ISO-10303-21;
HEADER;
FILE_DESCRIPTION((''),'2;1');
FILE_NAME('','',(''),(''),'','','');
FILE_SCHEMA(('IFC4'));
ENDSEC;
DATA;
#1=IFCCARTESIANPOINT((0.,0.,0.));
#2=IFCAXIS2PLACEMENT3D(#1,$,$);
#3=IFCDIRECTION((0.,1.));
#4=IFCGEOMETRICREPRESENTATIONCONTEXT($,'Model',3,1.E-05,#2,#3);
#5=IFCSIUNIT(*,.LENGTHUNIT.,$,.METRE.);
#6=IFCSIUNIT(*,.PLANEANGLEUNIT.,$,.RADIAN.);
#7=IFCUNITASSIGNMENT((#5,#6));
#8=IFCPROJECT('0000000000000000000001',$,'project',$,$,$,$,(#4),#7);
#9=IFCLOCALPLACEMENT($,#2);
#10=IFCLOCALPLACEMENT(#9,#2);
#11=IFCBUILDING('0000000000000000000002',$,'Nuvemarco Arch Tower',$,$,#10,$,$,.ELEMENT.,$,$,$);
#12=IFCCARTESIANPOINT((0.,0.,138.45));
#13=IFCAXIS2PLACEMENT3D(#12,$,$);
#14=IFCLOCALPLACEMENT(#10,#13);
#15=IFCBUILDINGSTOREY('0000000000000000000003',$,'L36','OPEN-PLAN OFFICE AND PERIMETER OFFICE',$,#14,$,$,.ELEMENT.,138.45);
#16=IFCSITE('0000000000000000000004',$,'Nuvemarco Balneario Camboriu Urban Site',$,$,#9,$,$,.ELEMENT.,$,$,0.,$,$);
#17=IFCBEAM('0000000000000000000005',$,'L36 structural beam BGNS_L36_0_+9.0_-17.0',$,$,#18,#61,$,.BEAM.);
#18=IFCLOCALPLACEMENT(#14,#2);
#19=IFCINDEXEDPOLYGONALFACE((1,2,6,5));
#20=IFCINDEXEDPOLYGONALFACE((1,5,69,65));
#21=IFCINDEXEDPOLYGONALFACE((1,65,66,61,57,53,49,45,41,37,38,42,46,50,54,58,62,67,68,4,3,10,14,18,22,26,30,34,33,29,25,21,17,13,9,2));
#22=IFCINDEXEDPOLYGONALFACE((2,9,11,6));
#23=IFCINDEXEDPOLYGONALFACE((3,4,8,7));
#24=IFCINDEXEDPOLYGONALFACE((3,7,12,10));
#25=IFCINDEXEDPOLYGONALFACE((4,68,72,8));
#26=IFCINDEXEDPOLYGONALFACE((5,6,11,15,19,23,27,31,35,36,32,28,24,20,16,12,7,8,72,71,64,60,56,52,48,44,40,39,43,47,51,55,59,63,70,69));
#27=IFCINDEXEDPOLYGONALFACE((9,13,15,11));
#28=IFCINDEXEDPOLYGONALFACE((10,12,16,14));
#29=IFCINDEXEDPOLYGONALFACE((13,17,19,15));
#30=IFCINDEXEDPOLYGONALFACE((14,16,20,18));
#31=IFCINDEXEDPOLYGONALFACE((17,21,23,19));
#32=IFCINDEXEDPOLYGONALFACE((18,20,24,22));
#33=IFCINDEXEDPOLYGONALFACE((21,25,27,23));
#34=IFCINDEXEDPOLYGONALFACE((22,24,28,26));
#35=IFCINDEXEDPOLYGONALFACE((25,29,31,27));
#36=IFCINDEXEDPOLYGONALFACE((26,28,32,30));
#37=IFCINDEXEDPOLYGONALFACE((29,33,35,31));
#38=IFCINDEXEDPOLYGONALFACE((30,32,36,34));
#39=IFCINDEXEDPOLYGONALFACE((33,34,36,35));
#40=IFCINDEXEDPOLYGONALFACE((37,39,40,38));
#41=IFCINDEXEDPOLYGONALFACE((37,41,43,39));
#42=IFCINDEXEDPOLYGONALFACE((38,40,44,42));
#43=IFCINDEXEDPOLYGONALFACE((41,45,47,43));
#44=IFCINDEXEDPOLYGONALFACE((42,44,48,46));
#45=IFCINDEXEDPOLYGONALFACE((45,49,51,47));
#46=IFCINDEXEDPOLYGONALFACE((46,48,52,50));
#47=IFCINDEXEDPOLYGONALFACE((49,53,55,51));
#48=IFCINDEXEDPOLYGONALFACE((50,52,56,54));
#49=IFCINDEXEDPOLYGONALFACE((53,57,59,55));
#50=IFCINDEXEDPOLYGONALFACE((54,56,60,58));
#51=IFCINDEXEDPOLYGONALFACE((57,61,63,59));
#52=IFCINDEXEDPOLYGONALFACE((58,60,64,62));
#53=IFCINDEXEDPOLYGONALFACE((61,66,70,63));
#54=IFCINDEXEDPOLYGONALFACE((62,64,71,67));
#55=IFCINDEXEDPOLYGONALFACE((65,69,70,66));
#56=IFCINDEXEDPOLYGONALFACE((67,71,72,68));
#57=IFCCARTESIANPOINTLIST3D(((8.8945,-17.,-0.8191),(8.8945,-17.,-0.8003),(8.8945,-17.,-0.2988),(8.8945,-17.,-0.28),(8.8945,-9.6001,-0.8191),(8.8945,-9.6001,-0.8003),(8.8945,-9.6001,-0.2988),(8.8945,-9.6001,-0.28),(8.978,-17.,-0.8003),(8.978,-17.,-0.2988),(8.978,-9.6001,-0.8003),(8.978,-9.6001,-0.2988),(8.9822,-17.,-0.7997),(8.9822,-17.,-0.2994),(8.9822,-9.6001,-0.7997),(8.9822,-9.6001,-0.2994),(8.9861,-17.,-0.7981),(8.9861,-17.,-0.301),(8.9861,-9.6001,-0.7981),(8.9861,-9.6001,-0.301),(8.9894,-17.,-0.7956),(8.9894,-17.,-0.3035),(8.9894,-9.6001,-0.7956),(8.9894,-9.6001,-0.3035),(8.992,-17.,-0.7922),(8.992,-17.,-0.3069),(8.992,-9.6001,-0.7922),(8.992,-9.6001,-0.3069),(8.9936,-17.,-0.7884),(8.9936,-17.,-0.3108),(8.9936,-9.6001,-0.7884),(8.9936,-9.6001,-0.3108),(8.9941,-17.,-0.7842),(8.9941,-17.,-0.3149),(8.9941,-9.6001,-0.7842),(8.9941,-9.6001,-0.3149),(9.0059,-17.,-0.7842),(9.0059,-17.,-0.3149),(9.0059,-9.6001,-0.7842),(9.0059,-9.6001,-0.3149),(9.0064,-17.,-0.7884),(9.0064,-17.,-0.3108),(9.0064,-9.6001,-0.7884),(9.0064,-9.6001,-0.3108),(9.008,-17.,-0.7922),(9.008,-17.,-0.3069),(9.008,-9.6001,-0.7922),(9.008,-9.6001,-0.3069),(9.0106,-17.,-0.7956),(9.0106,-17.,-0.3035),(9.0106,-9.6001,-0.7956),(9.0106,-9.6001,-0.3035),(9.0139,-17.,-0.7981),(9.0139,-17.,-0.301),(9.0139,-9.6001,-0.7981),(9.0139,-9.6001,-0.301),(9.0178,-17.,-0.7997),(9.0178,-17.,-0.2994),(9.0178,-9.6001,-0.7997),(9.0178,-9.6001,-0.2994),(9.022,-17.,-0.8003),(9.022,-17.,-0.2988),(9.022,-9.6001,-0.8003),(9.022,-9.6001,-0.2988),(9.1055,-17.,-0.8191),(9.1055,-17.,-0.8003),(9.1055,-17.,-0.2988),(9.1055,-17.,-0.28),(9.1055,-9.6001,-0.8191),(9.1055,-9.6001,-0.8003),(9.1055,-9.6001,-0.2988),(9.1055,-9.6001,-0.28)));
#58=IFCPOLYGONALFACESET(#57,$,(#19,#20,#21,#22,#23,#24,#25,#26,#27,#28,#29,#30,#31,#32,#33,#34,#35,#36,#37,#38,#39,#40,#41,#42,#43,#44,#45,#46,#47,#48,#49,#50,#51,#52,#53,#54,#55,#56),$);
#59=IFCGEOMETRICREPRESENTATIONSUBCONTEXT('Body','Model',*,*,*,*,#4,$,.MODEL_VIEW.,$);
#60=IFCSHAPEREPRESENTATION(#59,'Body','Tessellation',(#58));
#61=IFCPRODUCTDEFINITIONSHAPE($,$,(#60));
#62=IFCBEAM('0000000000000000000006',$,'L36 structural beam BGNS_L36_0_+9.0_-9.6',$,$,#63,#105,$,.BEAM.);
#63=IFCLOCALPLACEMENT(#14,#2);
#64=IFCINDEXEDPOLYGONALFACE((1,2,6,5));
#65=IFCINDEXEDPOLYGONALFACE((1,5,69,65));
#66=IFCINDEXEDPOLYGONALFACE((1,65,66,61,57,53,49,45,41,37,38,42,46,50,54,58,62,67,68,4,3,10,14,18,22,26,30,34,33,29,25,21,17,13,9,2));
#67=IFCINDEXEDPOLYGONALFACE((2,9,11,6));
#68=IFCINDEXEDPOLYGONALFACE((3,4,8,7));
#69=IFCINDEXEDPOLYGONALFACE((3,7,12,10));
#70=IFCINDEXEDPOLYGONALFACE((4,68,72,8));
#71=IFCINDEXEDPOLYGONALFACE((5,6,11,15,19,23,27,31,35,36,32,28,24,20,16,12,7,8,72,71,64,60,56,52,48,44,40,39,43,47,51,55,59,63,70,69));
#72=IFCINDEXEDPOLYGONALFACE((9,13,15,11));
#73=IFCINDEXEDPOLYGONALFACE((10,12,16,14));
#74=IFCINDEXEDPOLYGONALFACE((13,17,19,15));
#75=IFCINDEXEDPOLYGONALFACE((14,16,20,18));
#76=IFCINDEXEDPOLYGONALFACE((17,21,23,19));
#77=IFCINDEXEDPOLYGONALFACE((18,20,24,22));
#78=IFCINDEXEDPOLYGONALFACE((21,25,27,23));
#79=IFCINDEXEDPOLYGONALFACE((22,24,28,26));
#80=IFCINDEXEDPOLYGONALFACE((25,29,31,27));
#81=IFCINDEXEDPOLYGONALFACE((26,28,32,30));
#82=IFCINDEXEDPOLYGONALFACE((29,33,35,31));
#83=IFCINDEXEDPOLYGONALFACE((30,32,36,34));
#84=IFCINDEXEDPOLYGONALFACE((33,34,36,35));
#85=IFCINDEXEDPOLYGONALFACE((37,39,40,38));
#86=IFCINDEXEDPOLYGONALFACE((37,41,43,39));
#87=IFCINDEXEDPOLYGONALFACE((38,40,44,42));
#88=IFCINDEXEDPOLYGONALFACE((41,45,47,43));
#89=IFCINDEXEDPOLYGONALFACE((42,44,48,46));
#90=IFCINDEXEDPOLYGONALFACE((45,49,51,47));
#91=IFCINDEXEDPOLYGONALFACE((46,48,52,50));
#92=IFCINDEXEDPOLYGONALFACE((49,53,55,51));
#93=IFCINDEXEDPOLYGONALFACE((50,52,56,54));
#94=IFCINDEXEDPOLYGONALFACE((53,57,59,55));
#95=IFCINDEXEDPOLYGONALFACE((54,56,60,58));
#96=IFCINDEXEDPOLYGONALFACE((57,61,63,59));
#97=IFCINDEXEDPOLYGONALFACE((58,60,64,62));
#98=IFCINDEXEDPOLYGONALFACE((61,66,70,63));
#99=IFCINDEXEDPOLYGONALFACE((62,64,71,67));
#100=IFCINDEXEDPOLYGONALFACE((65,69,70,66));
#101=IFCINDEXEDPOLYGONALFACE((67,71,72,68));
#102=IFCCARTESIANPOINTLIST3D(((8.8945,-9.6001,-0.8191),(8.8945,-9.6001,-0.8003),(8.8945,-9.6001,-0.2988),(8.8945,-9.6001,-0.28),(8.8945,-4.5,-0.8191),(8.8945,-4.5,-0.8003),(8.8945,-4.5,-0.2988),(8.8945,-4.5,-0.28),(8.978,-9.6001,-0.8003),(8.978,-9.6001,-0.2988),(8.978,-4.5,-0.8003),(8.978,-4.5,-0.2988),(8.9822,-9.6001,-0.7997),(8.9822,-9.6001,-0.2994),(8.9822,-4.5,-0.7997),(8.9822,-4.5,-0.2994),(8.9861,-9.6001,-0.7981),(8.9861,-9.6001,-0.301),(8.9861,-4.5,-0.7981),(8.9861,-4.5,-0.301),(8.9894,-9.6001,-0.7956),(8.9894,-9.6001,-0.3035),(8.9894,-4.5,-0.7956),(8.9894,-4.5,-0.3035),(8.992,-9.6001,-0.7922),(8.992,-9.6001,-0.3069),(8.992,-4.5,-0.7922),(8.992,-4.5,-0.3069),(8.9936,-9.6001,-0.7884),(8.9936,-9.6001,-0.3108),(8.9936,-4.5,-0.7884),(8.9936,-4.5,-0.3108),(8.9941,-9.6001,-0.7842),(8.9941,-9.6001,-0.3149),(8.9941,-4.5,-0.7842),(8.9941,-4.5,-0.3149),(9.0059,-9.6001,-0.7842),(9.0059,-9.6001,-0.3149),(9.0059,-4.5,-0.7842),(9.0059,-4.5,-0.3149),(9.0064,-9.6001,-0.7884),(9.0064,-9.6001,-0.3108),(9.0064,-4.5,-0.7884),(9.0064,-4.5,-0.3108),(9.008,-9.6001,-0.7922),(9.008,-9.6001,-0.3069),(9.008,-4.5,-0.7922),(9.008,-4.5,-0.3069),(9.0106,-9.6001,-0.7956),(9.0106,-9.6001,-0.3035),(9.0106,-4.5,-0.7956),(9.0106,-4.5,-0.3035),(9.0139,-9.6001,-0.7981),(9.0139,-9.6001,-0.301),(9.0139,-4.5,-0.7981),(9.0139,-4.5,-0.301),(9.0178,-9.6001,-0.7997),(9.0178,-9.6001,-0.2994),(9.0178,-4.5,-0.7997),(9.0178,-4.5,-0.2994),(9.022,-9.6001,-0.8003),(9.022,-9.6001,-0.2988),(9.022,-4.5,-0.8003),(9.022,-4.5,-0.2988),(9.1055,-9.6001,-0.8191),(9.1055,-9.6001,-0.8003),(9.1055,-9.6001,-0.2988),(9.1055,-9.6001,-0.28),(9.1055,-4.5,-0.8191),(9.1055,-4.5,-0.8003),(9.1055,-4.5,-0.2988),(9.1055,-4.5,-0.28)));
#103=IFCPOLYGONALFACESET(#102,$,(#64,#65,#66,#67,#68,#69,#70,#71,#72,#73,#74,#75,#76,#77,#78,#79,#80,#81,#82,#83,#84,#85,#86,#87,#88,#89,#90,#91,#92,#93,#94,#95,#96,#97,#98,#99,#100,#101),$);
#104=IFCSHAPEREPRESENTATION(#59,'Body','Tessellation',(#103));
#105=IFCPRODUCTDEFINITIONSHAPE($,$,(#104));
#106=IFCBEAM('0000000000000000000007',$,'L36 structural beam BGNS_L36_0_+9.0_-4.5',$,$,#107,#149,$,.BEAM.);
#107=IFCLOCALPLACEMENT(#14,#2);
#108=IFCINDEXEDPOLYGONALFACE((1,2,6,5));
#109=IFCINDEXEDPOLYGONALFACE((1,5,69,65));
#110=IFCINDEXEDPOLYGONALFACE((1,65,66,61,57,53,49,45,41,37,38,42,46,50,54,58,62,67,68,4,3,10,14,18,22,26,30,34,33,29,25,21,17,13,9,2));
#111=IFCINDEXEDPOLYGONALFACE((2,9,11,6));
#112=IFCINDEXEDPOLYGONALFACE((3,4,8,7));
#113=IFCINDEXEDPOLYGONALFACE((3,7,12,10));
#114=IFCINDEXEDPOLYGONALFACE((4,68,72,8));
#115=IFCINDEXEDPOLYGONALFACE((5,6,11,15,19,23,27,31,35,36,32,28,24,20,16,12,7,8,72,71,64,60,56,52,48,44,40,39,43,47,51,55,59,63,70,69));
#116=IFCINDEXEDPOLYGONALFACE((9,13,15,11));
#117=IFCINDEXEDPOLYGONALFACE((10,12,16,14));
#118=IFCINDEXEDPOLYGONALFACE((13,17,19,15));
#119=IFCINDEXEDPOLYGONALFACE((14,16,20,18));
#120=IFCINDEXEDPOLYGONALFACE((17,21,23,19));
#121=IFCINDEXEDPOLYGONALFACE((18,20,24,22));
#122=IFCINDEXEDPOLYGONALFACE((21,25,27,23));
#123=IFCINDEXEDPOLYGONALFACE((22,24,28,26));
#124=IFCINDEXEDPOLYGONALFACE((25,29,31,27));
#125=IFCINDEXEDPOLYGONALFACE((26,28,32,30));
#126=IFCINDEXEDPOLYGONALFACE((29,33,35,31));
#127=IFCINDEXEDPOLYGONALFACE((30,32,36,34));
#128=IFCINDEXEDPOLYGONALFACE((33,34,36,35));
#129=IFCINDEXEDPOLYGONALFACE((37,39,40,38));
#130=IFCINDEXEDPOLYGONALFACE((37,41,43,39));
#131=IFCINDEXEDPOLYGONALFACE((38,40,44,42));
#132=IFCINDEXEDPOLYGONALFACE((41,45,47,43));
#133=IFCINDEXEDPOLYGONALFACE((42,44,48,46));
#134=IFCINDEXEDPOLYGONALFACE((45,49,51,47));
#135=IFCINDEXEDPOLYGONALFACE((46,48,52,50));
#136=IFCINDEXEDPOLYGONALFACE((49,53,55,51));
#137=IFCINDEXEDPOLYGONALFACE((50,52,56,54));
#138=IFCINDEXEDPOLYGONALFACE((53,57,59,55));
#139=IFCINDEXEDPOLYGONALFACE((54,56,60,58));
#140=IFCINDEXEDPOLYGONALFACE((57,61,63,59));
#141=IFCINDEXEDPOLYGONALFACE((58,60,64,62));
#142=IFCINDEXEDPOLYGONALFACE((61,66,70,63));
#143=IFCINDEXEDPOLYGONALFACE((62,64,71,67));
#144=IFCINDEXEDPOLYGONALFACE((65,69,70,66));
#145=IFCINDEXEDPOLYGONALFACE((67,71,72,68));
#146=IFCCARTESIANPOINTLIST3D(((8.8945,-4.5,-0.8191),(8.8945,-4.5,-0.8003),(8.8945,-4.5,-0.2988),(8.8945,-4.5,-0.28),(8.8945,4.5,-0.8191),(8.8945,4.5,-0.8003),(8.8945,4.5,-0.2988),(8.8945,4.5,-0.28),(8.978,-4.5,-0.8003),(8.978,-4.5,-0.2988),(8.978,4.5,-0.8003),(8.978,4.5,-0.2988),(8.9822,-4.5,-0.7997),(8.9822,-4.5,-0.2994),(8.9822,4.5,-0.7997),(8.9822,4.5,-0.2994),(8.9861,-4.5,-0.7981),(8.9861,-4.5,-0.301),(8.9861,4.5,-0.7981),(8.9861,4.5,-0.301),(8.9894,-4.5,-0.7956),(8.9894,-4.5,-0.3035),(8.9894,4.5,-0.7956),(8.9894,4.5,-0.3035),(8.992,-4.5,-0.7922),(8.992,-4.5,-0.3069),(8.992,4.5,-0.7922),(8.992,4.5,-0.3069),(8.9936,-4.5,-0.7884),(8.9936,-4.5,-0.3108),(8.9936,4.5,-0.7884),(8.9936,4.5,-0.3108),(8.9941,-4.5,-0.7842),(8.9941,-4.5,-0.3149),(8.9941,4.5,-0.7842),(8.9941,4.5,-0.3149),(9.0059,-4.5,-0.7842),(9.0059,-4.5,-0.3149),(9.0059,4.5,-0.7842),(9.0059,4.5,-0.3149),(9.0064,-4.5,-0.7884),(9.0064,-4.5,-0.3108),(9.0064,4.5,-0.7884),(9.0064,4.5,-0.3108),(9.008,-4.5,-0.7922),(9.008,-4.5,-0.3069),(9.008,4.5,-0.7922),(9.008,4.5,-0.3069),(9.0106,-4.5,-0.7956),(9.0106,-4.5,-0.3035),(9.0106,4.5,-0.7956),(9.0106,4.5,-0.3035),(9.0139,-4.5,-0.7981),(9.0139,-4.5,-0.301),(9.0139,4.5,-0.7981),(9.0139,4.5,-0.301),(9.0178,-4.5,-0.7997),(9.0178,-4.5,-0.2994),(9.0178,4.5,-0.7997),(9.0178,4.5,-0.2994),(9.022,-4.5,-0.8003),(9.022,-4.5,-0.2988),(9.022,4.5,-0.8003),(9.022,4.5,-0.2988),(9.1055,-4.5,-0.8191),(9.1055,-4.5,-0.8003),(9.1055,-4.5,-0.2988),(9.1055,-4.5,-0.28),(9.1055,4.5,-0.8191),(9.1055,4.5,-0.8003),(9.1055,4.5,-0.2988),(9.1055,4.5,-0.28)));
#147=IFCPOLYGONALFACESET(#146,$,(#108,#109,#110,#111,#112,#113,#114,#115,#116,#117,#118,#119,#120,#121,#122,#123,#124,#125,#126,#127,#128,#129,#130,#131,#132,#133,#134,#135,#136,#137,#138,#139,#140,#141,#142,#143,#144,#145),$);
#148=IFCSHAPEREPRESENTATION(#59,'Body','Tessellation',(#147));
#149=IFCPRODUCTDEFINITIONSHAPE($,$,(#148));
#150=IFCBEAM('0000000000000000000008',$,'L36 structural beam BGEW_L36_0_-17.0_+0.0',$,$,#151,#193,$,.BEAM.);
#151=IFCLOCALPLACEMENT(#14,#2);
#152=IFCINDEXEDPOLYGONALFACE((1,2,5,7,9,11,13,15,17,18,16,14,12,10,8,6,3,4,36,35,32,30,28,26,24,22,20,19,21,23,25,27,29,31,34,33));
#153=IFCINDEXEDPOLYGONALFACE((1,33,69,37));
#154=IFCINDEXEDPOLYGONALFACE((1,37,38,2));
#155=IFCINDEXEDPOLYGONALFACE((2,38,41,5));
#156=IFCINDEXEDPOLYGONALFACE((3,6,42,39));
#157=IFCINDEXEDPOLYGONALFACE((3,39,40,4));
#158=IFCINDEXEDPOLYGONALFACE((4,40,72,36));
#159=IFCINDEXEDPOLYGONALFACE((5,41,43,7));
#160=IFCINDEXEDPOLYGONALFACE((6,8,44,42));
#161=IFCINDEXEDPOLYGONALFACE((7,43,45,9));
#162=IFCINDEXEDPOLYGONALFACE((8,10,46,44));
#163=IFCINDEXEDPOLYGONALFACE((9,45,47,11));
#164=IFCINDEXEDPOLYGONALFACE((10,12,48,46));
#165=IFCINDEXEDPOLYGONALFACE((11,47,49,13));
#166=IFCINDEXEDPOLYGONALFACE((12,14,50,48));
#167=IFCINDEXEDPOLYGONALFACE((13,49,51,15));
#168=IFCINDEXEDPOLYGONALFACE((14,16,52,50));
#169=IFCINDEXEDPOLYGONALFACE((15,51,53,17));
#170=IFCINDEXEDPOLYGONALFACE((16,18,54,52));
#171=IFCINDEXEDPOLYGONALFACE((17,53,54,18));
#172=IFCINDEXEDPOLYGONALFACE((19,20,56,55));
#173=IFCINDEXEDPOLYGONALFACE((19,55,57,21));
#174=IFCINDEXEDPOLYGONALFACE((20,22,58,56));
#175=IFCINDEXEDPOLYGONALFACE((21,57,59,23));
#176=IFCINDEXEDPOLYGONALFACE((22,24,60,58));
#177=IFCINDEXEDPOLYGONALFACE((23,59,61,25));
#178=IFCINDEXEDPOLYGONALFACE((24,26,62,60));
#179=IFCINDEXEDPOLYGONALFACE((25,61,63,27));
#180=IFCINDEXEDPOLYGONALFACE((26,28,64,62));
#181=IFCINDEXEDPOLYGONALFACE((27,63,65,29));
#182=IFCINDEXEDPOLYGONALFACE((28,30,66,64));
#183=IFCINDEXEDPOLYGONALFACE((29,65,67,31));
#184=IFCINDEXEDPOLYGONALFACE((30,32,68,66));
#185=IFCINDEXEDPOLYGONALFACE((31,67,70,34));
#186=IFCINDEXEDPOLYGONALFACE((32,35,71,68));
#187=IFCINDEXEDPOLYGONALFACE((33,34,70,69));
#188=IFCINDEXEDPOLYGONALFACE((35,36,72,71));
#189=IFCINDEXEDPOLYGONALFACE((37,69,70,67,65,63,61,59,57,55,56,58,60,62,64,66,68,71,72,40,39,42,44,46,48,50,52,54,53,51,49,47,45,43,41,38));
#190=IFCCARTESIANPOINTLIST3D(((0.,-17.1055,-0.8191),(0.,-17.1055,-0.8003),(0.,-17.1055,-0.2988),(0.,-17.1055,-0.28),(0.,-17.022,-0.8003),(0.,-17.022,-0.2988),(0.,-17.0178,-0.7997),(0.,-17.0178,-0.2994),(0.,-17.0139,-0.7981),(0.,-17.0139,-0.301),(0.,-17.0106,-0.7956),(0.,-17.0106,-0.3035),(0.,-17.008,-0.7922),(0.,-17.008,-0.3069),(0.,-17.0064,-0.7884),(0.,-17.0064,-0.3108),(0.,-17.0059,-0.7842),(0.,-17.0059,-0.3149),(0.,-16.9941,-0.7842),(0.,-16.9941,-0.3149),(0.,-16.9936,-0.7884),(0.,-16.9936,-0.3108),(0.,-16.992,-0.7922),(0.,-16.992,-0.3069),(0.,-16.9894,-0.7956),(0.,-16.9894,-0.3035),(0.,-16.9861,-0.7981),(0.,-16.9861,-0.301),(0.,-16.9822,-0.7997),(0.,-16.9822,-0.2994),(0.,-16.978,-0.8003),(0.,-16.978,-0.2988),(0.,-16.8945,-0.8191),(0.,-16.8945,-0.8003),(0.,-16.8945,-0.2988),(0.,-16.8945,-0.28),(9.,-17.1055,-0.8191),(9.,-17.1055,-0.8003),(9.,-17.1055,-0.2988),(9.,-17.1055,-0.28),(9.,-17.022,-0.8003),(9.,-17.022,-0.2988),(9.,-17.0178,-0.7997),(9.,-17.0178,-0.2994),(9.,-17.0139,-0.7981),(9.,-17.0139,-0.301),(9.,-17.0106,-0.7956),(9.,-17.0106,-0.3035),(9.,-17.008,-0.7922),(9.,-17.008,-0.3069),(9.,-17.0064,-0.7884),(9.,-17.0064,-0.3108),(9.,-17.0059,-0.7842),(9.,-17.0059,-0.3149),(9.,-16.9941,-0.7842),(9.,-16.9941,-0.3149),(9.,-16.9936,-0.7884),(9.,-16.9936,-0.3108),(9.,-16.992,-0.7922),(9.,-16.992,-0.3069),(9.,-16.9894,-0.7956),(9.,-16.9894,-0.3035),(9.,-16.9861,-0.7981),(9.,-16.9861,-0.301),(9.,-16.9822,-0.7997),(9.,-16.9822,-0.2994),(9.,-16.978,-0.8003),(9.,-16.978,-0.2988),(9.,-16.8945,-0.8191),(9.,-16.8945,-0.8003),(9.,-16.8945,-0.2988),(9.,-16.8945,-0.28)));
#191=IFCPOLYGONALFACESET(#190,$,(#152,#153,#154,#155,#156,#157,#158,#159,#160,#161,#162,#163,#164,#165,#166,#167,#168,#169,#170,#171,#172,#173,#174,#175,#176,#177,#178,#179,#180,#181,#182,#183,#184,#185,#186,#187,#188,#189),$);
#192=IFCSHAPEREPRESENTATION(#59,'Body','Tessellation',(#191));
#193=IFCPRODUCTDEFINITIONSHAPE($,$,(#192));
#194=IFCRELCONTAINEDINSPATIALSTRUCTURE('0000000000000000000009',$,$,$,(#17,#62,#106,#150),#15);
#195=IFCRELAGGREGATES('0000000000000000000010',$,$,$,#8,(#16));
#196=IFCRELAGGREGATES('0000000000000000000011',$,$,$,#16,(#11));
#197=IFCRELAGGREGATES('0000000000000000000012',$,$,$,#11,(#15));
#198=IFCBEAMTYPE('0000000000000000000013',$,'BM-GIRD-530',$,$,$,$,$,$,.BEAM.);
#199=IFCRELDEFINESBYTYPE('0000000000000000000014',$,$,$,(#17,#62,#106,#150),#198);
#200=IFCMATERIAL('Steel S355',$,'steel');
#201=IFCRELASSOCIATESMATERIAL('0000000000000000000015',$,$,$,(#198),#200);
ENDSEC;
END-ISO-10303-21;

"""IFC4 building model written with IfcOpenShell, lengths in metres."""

from ifc_helpers import new_model, si_unit, direction, frame, origin, origin_2d, place, context, subcontext, project, spatial, i_section, extrude, material, material_profile, profile_set, type_object, element, save


model = new_model("IFC4")

# Units and contexts
model_context = context("Model", 3, precision=1e-05, world=origin(), true_north=direction((0.0, 1.0)))
body_context = subcontext(model_context, "Body", "Model", "MODEL_VIEW")
ifc_project = project(units=[si_unit("LENGTHUNIT", "METRE"), si_unit("PLANEANGLEUNIT", "RADIAN")], contexts=[model_context])

# Site, building, storey
site_placement = place(None, origin())
site = spatial("IfcSite", under=ifc_project, at=site_placement, Name="Nuvemarco Balneario Camboriu Urban Site", CompositionType="ELEMENT", RefElevation=0.0)
building_placement = place(site_placement, origin())
building = spatial("IfcBuilding", under=site, at=building_placement, Name="Nuvemarco Arch Tower", CompositionType="ELEMENT")
storey_placement = place(building_placement, frame((0.0, 0.0, 138.45)))
storey = spatial("IfcBuildingStorey", under=building, at=storey_placement, Name="L36", Description="OPEN-PLAN OFFICE AND PERIMETER OFFICE", CompositionType="ELEMENT", Elevation=138.45)

# Shared definitions
ifc_material_1 = material(Name="Steel S355", Category="steel")

# Beams
ifc_material_profile_1 = material_profile(ifc_material_1, i_section(OverallWidth=0.2109, OverallDepth=0.5391, WebThickness=0.0117, FlangeThickness=0.0188, FilletRadius=0.0161, at=origin_2d()), Name="W530x109")
ifc_profile_set_1 = profile_set([ifc_material_profile_1], Name="Steel S355")
beam_type_1 = type_object("IfcBeamType", Name="BM-GIRD-530", PredefinedType="BEAM", material=ifc_profile_set_1)
beam_1_placement = place(storey_placement, frame((9.0, -17.0, -0.5496), z_axis=(0.0, 1.0, 0.0), x_axis=(-1.0, 0.0, 0.0)))
element("IfcBeam", 1, at=beam_1_placement, inside=storey, type_object=beam_type_1, Name="L36 structural beam BGNS_L36_0_+9.0_-17.0", PredefinedType="BEAM", context=body_context, shape_type="SweptSolid", body=[
    extrude(i_section(OverallWidth=0.2109, OverallDepth=0.5391, WebThickness=0.0117, FlangeThickness=0.0188, FilletRadius=0.0161, at=origin_2d()), origin(), (0.0, 0.0, 1.0), 7.3999),
])
beam_2_placement = place(storey_placement, frame((9.0, -9.6001, -0.5496), z_axis=(0.0, 1.0, 0.0), x_axis=(-1.0, 0.0, 0.0)))
element("IfcBeam", 2, at=beam_2_placement, inside=storey, type_object=beam_type_1, Name="L36 structural beam BGNS_L36_0_+9.0_-9.6", PredefinedType="BEAM", context=body_context, shape_type="SweptSolid", body=[
    extrude(i_section(OverallWidth=0.2109, OverallDepth=0.5391, WebThickness=0.0117, FlangeThickness=0.0188, FilletRadius=0.0161, at=origin_2d()), origin(), (0.0, 0.0, 1.0), 5.1001),
])
for number, where, z_axis, x_axis, name in (
    (3, (9.0, -4.5, -0.5496), (0.0, 1.0, 0.0), (-1.0, 0.0, 0.0), "L36 structural beam BGNS_L36_0_+9.0_-4.5"),
    (4, (0.0, -17.0, -0.5496), (1.0, 0.0, 0.0), (0.0, 1.0, 0.0), "L36 structural beam BGEW_L36_0_-17.0_+0.0"),
):
    element("IfcBeam", number, at=place(storey_placement, frame(where, z_axis=z_axis, x_axis=x_axis)), inside=storey, type_object=beam_type_1, Name=name, PredefinedType="BEAM", context=body_context, shape_type="SweptSolid", body=[
        extrude(i_section(OverallWidth=0.2109, OverallDepth=0.5391, WebThickness=0.0117, FlangeThickness=0.0188, FilletRadius=0.0161, at=origin_2d()), origin(), (0.0, 0.0, 1.0), 9.0),
    ])

save(model, "model.ifc")
